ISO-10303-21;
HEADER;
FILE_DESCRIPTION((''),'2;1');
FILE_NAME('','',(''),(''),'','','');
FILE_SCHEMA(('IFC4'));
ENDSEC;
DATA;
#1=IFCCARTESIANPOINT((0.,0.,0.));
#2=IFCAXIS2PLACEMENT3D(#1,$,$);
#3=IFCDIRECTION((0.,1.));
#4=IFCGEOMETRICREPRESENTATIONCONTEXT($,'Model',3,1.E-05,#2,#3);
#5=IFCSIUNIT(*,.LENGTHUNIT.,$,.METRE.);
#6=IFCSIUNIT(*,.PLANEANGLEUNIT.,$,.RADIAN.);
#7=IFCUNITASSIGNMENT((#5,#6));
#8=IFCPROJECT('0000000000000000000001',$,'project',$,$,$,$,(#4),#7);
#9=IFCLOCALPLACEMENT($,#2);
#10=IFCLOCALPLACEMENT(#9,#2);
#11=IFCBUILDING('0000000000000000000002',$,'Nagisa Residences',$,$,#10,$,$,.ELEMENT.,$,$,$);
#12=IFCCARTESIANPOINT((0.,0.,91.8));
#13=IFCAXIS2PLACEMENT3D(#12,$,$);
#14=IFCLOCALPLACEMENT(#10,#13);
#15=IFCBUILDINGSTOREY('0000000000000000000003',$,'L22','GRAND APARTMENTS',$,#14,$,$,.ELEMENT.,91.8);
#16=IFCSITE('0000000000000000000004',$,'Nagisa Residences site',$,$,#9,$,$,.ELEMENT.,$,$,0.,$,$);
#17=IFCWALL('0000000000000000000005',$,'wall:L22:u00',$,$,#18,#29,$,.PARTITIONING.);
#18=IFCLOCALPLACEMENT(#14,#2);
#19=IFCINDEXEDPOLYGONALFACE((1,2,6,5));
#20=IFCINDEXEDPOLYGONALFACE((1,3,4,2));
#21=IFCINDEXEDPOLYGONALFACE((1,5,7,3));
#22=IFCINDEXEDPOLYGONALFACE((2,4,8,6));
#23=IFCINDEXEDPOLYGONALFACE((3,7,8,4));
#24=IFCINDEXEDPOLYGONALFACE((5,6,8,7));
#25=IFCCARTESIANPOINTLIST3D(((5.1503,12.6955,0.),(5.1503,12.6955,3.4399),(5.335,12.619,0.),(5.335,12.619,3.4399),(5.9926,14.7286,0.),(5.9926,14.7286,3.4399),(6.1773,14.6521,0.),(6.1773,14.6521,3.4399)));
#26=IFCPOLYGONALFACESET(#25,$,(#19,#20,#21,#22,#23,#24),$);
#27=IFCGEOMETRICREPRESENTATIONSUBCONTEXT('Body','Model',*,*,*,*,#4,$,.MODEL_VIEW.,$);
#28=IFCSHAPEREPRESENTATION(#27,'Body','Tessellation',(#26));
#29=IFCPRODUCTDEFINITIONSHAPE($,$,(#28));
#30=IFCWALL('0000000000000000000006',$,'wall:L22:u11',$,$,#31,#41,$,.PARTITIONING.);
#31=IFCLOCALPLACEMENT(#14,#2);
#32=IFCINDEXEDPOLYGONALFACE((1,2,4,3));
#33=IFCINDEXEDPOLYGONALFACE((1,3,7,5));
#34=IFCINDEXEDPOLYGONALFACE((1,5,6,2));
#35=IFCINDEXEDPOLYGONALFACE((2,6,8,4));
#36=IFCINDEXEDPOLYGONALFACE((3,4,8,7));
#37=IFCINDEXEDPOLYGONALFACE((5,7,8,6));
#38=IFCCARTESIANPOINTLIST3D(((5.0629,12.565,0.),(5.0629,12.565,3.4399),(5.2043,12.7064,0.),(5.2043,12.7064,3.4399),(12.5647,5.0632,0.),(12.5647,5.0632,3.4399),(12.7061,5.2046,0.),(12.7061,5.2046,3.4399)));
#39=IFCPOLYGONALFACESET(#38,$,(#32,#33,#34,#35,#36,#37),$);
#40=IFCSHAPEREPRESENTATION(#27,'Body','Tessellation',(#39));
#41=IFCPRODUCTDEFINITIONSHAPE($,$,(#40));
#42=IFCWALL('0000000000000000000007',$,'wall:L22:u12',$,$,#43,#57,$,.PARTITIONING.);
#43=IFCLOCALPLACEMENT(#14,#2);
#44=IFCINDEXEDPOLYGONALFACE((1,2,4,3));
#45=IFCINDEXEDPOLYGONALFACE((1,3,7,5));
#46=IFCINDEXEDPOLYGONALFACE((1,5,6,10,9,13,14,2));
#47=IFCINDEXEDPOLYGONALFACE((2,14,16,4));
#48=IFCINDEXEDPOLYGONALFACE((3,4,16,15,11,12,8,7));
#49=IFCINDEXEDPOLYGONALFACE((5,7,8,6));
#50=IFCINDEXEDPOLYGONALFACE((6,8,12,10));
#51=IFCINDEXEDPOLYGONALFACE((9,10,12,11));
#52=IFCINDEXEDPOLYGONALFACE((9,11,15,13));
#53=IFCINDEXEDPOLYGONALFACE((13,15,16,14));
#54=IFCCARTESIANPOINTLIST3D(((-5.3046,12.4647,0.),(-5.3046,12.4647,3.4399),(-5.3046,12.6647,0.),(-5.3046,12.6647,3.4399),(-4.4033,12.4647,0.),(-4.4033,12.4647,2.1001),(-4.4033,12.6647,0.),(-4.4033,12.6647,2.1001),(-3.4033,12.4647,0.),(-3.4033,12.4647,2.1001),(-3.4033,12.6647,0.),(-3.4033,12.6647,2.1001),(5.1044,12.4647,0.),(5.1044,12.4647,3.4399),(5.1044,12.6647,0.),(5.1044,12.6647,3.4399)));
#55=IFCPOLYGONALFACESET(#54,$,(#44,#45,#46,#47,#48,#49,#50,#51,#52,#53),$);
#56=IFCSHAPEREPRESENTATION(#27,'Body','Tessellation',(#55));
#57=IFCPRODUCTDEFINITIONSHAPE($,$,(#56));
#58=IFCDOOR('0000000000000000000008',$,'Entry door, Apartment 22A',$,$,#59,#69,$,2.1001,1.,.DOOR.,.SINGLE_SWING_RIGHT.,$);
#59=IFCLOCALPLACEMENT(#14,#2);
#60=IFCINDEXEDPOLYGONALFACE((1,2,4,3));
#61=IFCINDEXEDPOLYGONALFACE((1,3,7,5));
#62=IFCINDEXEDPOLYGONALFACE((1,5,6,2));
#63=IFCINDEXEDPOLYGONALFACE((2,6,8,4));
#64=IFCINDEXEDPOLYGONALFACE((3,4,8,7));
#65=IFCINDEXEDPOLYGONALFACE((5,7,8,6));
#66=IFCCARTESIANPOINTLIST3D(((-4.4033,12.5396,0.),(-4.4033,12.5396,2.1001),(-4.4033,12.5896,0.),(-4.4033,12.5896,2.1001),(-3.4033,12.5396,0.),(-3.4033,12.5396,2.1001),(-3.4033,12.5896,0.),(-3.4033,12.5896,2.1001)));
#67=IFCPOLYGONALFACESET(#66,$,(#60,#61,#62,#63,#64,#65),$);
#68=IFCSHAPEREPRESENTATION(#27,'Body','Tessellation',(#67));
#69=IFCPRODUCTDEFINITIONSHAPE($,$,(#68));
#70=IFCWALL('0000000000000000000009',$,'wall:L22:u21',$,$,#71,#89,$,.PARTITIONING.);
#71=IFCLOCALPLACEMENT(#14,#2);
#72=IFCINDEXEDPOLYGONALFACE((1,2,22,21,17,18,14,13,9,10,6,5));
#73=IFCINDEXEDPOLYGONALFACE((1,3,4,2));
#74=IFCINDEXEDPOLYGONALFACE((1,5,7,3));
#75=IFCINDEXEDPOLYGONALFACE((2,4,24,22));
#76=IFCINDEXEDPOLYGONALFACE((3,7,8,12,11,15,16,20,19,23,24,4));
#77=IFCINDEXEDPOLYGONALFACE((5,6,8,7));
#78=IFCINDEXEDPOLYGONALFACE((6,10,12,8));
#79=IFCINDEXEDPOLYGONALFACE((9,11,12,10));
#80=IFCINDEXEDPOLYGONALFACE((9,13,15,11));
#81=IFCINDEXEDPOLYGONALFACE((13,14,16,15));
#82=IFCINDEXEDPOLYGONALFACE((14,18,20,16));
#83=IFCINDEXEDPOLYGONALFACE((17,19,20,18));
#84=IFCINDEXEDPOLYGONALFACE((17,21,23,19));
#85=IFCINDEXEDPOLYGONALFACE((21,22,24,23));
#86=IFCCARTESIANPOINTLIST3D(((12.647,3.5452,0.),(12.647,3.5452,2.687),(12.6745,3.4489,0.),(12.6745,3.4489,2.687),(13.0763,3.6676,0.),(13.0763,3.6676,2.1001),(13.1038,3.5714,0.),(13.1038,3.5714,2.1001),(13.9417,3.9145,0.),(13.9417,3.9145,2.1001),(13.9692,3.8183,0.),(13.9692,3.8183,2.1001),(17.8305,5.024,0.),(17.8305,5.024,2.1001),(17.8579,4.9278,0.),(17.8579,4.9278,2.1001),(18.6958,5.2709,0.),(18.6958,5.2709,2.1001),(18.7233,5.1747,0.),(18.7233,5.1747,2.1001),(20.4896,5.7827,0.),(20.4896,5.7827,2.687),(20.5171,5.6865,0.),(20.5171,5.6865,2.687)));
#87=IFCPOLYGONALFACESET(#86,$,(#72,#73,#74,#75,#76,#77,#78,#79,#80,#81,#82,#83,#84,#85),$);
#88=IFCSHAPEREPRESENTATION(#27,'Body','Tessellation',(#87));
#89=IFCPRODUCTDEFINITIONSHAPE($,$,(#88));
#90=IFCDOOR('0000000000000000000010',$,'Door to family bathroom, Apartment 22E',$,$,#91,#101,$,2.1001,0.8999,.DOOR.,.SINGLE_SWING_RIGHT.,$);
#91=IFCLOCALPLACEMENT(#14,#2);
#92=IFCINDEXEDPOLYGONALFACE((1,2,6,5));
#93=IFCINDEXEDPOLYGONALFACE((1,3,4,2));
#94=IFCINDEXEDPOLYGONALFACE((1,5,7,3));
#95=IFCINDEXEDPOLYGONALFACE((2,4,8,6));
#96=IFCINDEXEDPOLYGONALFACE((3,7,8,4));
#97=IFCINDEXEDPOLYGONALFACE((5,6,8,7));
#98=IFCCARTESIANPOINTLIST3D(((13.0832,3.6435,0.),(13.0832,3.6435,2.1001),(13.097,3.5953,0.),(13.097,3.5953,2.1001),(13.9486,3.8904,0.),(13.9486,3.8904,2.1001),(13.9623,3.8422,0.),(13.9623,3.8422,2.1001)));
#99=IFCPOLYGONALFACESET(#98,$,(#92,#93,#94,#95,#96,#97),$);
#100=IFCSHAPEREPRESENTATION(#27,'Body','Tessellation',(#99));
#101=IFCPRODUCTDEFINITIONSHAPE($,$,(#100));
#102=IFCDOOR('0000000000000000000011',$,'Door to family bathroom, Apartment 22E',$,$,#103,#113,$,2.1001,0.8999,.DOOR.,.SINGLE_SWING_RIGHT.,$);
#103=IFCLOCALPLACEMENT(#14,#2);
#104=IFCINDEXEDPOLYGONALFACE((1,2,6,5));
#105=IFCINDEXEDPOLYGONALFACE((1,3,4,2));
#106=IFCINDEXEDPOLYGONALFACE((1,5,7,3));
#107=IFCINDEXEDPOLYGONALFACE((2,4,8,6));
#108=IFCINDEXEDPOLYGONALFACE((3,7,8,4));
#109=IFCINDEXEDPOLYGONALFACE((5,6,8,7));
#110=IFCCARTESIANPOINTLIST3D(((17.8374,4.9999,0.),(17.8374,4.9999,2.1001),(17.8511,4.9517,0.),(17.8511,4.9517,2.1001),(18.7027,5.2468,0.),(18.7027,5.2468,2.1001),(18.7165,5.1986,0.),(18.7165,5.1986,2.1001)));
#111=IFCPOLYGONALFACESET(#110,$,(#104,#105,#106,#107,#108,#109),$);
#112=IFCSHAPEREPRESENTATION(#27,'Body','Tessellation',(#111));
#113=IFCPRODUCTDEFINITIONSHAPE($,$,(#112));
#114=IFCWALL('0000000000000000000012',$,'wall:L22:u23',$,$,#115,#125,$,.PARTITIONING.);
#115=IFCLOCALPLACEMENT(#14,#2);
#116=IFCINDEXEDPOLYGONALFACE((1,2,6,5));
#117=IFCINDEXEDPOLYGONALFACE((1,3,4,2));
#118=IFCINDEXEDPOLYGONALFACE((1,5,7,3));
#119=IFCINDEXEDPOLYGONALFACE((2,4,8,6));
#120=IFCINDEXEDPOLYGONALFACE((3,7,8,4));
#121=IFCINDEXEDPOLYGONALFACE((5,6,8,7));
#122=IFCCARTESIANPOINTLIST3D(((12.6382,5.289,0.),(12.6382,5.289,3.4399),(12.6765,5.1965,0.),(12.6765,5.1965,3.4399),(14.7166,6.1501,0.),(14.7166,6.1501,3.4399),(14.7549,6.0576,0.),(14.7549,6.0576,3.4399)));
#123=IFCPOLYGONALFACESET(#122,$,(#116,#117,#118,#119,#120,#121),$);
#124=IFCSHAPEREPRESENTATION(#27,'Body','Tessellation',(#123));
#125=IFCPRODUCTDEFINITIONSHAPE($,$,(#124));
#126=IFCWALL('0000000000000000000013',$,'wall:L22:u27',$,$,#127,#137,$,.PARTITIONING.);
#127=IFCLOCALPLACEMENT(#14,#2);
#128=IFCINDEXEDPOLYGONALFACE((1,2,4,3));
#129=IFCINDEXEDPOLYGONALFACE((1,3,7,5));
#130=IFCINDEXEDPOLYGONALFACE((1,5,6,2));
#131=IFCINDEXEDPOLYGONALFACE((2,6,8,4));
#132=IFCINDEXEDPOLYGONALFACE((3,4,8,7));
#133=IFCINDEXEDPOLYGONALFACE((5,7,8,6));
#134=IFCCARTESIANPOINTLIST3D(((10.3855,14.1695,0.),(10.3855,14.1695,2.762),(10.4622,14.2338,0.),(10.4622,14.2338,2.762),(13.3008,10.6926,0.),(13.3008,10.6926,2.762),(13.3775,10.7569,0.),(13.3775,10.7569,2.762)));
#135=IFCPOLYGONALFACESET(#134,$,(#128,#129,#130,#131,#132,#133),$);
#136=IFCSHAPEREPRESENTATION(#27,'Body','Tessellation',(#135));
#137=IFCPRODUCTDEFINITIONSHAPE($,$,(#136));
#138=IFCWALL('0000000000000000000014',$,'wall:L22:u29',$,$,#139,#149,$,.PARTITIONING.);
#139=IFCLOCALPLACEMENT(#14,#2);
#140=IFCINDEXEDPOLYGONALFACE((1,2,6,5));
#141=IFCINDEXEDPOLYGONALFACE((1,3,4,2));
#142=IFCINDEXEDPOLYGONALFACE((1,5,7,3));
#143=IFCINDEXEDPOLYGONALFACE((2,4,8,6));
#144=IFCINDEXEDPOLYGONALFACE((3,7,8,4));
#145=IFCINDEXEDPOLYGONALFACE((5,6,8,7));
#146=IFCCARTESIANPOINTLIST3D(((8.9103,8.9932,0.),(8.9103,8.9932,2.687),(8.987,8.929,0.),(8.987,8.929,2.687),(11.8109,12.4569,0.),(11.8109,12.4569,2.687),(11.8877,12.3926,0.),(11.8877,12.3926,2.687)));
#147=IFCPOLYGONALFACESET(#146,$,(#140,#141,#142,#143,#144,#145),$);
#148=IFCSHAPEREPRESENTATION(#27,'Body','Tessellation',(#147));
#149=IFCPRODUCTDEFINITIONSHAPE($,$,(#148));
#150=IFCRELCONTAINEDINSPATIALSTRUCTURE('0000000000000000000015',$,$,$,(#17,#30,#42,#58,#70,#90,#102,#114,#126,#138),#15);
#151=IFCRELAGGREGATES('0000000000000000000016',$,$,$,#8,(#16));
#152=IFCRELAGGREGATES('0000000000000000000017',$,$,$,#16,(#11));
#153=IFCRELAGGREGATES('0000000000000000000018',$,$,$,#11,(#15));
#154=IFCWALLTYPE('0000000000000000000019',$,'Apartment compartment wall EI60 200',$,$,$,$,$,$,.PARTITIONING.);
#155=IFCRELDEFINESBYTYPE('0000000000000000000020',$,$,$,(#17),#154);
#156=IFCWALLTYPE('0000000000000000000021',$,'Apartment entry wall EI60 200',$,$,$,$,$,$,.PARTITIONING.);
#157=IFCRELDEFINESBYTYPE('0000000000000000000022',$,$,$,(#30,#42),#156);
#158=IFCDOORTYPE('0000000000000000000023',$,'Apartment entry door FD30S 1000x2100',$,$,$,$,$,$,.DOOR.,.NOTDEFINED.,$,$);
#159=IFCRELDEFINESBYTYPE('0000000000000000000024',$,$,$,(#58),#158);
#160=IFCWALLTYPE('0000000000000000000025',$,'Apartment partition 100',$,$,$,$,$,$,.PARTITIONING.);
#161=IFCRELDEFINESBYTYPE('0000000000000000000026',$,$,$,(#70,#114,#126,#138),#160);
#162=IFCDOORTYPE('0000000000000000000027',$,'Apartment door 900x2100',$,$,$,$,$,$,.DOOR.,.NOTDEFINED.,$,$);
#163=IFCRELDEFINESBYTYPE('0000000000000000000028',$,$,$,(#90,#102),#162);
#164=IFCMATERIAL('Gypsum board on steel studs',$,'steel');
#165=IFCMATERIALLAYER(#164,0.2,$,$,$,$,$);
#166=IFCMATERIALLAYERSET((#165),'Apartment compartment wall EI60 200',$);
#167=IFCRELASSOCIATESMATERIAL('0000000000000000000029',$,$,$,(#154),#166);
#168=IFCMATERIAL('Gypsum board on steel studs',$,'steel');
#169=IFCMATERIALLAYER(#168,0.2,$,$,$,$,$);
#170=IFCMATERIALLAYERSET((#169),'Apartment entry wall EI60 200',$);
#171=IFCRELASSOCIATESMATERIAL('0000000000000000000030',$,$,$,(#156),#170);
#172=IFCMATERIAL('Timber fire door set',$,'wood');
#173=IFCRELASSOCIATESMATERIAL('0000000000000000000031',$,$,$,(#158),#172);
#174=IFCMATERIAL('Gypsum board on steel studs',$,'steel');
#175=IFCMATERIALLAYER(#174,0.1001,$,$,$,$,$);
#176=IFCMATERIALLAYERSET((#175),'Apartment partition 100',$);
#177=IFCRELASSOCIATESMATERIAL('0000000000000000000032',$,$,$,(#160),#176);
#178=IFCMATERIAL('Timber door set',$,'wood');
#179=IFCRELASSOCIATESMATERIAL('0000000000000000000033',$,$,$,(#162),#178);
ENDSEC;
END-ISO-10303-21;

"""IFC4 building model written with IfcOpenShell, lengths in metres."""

from ifc_helpers import new_model, si_unit, direction, frame, frame_2d, origin, place, context, subcontext, project, spatial, rectangle, extrude, material, layer, layer_set, type_object, element, fill, save


model = new_model("IFC4")

# Units and contexts
model_context = context("Model", 3, precision=1e-05, world=origin(), true_north=direction((0.0, 1.0)))
body_context = subcontext(model_context, "Body", "Model", "MODEL_VIEW")
ifc_project = project(units=[si_unit("LENGTHUNIT", "METRE"), si_unit("PLANEANGLEUNIT", "RADIAN")], contexts=[model_context])

# Site, building, storey
site_placement = place(None, origin())
site = spatial("IfcSite", under=ifc_project, at=site_placement, Name="Nagisa Residences site", CompositionType="ELEMENT", RefElevation=0.0)
building_placement = place(site_placement, origin())
building = spatial("IfcBuilding", under=site, at=building_placement, Name="Nagisa Residences", CompositionType="ELEMENT")
storey_placement = place(building_placement, frame((0.0, 0.0, 91.8)))
storey = spatial("IfcBuildingStorey", under=building, at=storey_placement, Name="L22", Description="GRAND APARTMENTS", CompositionType="ELEMENT", Elevation=91.8)

# Walls
ifc_material_1 = material(Name="Gypsum board on steel studs", Category="steel")
ifc_layer_1 = layer(ifc_material_1, 0.2)
ifc_layer_set_1 = layer_set([ifc_layer_1], Name="Apartment compartment wall EI60 200")
wall_type_1 = type_object("IfcWallType", Name="Apartment compartment wall EI60 200", PredefinedType="PARTITIONING", material=ifc_layer_set_1)
wall_1_placement = place(storey_placement, frame((5.2427, 12.6572, 0.0), z_axis=(0.0, 0.0, 1.0), x_axis=(0.382724, 0.923863, 0.0)))
element("IfcWall", 1, at=wall_1_placement, inside=storey, type_object=wall_type_1, Name="wall:L22:u00", PredefinedType="PARTITIONING", context=body_context, shape_type="SweptSolid", body=[
    extrude(rectangle(XDim=2.2007, YDim=0.2, at=frame_2d((1.1003, 0.0))), origin(), (0.0, 0.0, 1.0), 3.4399),
])
ifc_material_2 = material(Name="Gypsum board on steel studs", Category="steel")
ifc_layer_2 = layer(ifc_material_2, 0.2)
ifc_layer_set_2 = layer_set([ifc_layer_2], Name="Apartment entry wall EI60 200")
wall_type_2 = type_object("IfcWallType", Name="Apartment entry wall EI60 200", PredefinedType="PARTITIONING", material=ifc_layer_set_2)
wall_2_placement = place(storey_placement, frame((12.6355, 5.1338, 0.0), z_axis=(0.0, 0.0, 1.0), x_axis=(-0.707107, 0.707107, 0.0)))
element("IfcWall", 2, at=wall_2_placement, inside=storey, type_object=wall_type_2, Name="wall:L22:u11", PredefinedType="PARTITIONING", context=body_context, shape_type="SweptSolid", body=[
    extrude(rectangle(XDim=10.6091, YDim=0.2, at=frame_2d((5.3047, 0.0))), origin(), (0.0, 0.0, 1.0), 3.4399),
])

# Wall, opening, door
wall_3_placement = place(storey_placement, frame((5.1045, 12.5647, 0.0), z_axis=(0.0, 0.0, 1.0), x_axis=(-1.0, 0.0, 0.0)))
wall_3 = element("IfcWall", 3, at=wall_3_placement, inside=storey, type_object=wall_type_2, Name="wall:L22:u12", PredefinedType="PARTITIONING", context=body_context, shape_type="SweptSolid", body=[
    extrude(rectangle(XDim=10.4089, YDim=0.2, at=frame_2d((5.2046, 0.0))), origin(), (0.0, 0.0, 1.0), 3.4399),
])
opening_1_placement = place(wall_3_placement, frame((8.5078, 0.0, 0.0)))
opening_1 = element("IfcOpeningElement", 4, at=opening_1_placement, cuts=wall_3, PredefinedType="OPENING", context=body_context, shape_type="SweptSolid", body=[
    extrude(rectangle(XDim=1.0, YDim=2.1001, at=frame_2d((0.5, 1.05))), frame((0.0, 0.1099, 0.0), z_axis=(0.0, -1.0, 0.0), x_axis=(1.0, 0.0, 0.0)), (0.0, 0.0, 1.0), 0.22),
])
ifc_material_3 = material(Name="Timber fire door set", Category="wood")
door_type_1 = type_object("IfcDoorType", Name="Apartment entry door FD30S 1000x2100", OperationType="NOTDEFINED", PredefinedType="DOOR", material=ifc_material_3)
door_1_placement = place(opening_1_placement, frame((1.0, 0.0, 0.0), x_axis=(-1.0, 0.0, 0.0)))
door_1 = element("IfcDoor", 5, at=door_1_placement, inside=storey, type_object=door_type_1, Name="Entry door, Apartment 22A", OperationType="SINGLE_SWING_RIGHT", OverallHeight=2.1001, OverallWidth=1.0, PredefinedType="DOOR", context=body_context, shape_type="SweptSolid", body=[
    extrude(rectangle(XDim=1.0, YDim=2.1001, at=frame_2d((0.5, 1.05))), frame((0.0, 0.0249, 0.0), z_axis=(0.0, -1.0, 0.0), x_axis=(1.0, 0.0, 0.0)), (0.0, 0.0, 1.0), 0.05),
])
fill(opening_1, door_1)

# Wall, openings, doors
ifc_material_4 = material(Name="Gypsum board on steel studs", Category="steel")
ifc_layer_3 = layer(ifc_material_4, 0.1001)
ifc_layer_set_3 = layer_set([ifc_layer_3], Name="Apartment partition 100")
wall_type_3 = type_object("IfcWallType", Name="Apartment partition 100", PredefinedType="PARTITIONING", material=ifc_layer_set_3)
wall_4_placement = place(storey_placement, frame((12.6609, 3.4971, 0.0), z_axis=(0.0, 0.0, 1.0), x_axis=(0.961627, 0.274361, 0.0)))
wall_4 = element("IfcWall", 6, at=wall_4_placement, inside=storey, type_object=wall_type_3, Name="wall:L22:u21", PredefinedType="PARTITIONING", context=body_context, shape_type="SweptSolid", body=[
    extrude(rectangle(XDim=8.1555, YDim=0.1001, at=frame_2d((4.0776, 0.0))), origin(), (0.0, 0.0, 1.0), 2.687),
])
opening_2_placement = place(wall_4_placement, frame((0.4463, 0.0, 0.0)))
opening_2 = element("IfcOpeningElement", 7, at=opening_2_placement, cuts=wall_4, PredefinedType="OPENING", context=body_context, shape_type="SweptSolid", body=[
    extrude(rectangle(XDim=0.8999, YDim=2.1001, at=frame_2d((0.45, 1.05))), frame((0.0, 0.0601, 0.0), z_axis=(0.0, -1.0, 0.0), x_axis=(1.0, 0.0, 0.0)), (0.0, 0.0, 1.0), 0.1201),
])
opening_3_placement = place(wall_4_placement, frame((5.3901, 0.0, 0.0)))
opening_3 = element("IfcOpeningElement", 8, at=opening_3_placement, cuts=wall_4, PredefinedType="OPENING", context=body_context, shape_type="SweptSolid", body=[
    extrude(rectangle(XDim=0.8999, YDim=2.1001, at=frame_2d((0.45, 1.05))), frame((0.0, 0.0601, 0.0), z_axis=(0.0, -1.0, 0.0), x_axis=(1.0, 0.0, 0.0)), (0.0, 0.0, 1.0), 0.1201),
])
ifc_material_5 = material(Name="Timber door set", Category="wood")
door_type_2 = type_object("IfcDoorType", Name="Apartment door 900x2100", OperationType="NOTDEFINED", PredefinedType="DOOR", material=ifc_material_5)
door_2_placement = place(opening_2_placement, origin())
door_2 = element("IfcDoor", 9, at=door_2_placement, inside=storey, type_object=door_type_2, Name="Door to family bathroom, Apartment 22E", OperationType="SINGLE_SWING_RIGHT", OverallHeight=2.1001, OverallWidth=0.8999, PredefinedType="DOOR", context=body_context, shape_type="SweptSolid", body=[
    extrude(rectangle(XDim=0.8999, YDim=2.1001, at=frame_2d((0.45, 1.05))), frame((0.0, 0.0249, 0.0), z_axis=(0.0, -1.0, 0.0), x_axis=(1.0, 0.0, 0.0)), (0.0, 0.0, 1.0), 0.05),
])
fill(opening_2, door_2)
door_3_placement = place(opening_3_placement, origin())
door_3 = element("IfcDoor", 10, at=door_3_placement, inside=storey, type_object=door_type_2, Name="Door to family bathroom, Apartment 22E", OperationType="SINGLE_SWING_RIGHT", OverallHeight=2.1001, OverallWidth=0.8999, PredefinedType="DOOR", context=body_context, shape_type="SweptSolid", body=[
    extrude(rectangle(XDim=0.8999, YDim=2.1001, at=frame_2d((0.45, 1.05))), frame((0.0, 0.0249, 0.0), z_axis=(0.0, -1.0, 0.0), x_axis=(1.0, 0.0, 0.0)), (0.0, 0.0, 1.0), 0.05),
])
fill(opening_3, door_3)

# Walls
wall_5_placement = place(storey_placement, frame((12.6572, 5.2427, 0.0), z_axis=(0.0, 0.0, 1.0), x_axis=(0.923849, 0.382758, 0.0)))
element("IfcWall", 11, at=wall_5_placement, inside=storey, type_object=wall_type_3, Name="wall:L22:u23", PredefinedType="PARTITIONING", context=body_context, shape_type="SweptSolid", body=[
    extrude(rectangle(XDim=2.2498, YDim=0.1001, at=frame_2d((1.125, 0.0))), origin(), (0.0, 0.0, 1.0), 3.4399),
])
wall_6_placement = place(storey_placement, frame((13.3391, 10.7249, 0.0), z_axis=(0.0, 0.0, 1.0), x_axis=(-0.642515, 0.766273, 0.0)))
element("IfcWall", 12, at=wall_6_placement, inside=storey, type_object=wall_type_3, Name="wall:L22:u27", PredefinedType="PARTITIONING", context=body_context, shape_type="SweptSolid", body=[
    extrude(rectangle(XDim=4.5374, YDim=0.1001, at=frame_2d((2.2686, 0.0))), origin(), (0.0, 0.0, 1.0), 2.762),
])
wall_7_placement = place(storey_placement, frame((8.9487, 8.9612, 0.0), z_axis=(0.0, 0.0, 1.0), x_axis=(0.642048, 0.766664, 0.0)))
element("IfcWall", 13, at=wall_7_placement, inside=storey, type_object=wall_type_3, Name="wall:L22:u29", PredefinedType="PARTITIONING", context=body_context, shape_type="SweptSolid", body=[
    extrude(rectangle(XDim=4.5178, YDim=0.1001, at=frame_2d((2.2588, 0.0))), origin(), (0.0, 0.0, 1.0), 2.687),
])

save(model, "model.ifc")
